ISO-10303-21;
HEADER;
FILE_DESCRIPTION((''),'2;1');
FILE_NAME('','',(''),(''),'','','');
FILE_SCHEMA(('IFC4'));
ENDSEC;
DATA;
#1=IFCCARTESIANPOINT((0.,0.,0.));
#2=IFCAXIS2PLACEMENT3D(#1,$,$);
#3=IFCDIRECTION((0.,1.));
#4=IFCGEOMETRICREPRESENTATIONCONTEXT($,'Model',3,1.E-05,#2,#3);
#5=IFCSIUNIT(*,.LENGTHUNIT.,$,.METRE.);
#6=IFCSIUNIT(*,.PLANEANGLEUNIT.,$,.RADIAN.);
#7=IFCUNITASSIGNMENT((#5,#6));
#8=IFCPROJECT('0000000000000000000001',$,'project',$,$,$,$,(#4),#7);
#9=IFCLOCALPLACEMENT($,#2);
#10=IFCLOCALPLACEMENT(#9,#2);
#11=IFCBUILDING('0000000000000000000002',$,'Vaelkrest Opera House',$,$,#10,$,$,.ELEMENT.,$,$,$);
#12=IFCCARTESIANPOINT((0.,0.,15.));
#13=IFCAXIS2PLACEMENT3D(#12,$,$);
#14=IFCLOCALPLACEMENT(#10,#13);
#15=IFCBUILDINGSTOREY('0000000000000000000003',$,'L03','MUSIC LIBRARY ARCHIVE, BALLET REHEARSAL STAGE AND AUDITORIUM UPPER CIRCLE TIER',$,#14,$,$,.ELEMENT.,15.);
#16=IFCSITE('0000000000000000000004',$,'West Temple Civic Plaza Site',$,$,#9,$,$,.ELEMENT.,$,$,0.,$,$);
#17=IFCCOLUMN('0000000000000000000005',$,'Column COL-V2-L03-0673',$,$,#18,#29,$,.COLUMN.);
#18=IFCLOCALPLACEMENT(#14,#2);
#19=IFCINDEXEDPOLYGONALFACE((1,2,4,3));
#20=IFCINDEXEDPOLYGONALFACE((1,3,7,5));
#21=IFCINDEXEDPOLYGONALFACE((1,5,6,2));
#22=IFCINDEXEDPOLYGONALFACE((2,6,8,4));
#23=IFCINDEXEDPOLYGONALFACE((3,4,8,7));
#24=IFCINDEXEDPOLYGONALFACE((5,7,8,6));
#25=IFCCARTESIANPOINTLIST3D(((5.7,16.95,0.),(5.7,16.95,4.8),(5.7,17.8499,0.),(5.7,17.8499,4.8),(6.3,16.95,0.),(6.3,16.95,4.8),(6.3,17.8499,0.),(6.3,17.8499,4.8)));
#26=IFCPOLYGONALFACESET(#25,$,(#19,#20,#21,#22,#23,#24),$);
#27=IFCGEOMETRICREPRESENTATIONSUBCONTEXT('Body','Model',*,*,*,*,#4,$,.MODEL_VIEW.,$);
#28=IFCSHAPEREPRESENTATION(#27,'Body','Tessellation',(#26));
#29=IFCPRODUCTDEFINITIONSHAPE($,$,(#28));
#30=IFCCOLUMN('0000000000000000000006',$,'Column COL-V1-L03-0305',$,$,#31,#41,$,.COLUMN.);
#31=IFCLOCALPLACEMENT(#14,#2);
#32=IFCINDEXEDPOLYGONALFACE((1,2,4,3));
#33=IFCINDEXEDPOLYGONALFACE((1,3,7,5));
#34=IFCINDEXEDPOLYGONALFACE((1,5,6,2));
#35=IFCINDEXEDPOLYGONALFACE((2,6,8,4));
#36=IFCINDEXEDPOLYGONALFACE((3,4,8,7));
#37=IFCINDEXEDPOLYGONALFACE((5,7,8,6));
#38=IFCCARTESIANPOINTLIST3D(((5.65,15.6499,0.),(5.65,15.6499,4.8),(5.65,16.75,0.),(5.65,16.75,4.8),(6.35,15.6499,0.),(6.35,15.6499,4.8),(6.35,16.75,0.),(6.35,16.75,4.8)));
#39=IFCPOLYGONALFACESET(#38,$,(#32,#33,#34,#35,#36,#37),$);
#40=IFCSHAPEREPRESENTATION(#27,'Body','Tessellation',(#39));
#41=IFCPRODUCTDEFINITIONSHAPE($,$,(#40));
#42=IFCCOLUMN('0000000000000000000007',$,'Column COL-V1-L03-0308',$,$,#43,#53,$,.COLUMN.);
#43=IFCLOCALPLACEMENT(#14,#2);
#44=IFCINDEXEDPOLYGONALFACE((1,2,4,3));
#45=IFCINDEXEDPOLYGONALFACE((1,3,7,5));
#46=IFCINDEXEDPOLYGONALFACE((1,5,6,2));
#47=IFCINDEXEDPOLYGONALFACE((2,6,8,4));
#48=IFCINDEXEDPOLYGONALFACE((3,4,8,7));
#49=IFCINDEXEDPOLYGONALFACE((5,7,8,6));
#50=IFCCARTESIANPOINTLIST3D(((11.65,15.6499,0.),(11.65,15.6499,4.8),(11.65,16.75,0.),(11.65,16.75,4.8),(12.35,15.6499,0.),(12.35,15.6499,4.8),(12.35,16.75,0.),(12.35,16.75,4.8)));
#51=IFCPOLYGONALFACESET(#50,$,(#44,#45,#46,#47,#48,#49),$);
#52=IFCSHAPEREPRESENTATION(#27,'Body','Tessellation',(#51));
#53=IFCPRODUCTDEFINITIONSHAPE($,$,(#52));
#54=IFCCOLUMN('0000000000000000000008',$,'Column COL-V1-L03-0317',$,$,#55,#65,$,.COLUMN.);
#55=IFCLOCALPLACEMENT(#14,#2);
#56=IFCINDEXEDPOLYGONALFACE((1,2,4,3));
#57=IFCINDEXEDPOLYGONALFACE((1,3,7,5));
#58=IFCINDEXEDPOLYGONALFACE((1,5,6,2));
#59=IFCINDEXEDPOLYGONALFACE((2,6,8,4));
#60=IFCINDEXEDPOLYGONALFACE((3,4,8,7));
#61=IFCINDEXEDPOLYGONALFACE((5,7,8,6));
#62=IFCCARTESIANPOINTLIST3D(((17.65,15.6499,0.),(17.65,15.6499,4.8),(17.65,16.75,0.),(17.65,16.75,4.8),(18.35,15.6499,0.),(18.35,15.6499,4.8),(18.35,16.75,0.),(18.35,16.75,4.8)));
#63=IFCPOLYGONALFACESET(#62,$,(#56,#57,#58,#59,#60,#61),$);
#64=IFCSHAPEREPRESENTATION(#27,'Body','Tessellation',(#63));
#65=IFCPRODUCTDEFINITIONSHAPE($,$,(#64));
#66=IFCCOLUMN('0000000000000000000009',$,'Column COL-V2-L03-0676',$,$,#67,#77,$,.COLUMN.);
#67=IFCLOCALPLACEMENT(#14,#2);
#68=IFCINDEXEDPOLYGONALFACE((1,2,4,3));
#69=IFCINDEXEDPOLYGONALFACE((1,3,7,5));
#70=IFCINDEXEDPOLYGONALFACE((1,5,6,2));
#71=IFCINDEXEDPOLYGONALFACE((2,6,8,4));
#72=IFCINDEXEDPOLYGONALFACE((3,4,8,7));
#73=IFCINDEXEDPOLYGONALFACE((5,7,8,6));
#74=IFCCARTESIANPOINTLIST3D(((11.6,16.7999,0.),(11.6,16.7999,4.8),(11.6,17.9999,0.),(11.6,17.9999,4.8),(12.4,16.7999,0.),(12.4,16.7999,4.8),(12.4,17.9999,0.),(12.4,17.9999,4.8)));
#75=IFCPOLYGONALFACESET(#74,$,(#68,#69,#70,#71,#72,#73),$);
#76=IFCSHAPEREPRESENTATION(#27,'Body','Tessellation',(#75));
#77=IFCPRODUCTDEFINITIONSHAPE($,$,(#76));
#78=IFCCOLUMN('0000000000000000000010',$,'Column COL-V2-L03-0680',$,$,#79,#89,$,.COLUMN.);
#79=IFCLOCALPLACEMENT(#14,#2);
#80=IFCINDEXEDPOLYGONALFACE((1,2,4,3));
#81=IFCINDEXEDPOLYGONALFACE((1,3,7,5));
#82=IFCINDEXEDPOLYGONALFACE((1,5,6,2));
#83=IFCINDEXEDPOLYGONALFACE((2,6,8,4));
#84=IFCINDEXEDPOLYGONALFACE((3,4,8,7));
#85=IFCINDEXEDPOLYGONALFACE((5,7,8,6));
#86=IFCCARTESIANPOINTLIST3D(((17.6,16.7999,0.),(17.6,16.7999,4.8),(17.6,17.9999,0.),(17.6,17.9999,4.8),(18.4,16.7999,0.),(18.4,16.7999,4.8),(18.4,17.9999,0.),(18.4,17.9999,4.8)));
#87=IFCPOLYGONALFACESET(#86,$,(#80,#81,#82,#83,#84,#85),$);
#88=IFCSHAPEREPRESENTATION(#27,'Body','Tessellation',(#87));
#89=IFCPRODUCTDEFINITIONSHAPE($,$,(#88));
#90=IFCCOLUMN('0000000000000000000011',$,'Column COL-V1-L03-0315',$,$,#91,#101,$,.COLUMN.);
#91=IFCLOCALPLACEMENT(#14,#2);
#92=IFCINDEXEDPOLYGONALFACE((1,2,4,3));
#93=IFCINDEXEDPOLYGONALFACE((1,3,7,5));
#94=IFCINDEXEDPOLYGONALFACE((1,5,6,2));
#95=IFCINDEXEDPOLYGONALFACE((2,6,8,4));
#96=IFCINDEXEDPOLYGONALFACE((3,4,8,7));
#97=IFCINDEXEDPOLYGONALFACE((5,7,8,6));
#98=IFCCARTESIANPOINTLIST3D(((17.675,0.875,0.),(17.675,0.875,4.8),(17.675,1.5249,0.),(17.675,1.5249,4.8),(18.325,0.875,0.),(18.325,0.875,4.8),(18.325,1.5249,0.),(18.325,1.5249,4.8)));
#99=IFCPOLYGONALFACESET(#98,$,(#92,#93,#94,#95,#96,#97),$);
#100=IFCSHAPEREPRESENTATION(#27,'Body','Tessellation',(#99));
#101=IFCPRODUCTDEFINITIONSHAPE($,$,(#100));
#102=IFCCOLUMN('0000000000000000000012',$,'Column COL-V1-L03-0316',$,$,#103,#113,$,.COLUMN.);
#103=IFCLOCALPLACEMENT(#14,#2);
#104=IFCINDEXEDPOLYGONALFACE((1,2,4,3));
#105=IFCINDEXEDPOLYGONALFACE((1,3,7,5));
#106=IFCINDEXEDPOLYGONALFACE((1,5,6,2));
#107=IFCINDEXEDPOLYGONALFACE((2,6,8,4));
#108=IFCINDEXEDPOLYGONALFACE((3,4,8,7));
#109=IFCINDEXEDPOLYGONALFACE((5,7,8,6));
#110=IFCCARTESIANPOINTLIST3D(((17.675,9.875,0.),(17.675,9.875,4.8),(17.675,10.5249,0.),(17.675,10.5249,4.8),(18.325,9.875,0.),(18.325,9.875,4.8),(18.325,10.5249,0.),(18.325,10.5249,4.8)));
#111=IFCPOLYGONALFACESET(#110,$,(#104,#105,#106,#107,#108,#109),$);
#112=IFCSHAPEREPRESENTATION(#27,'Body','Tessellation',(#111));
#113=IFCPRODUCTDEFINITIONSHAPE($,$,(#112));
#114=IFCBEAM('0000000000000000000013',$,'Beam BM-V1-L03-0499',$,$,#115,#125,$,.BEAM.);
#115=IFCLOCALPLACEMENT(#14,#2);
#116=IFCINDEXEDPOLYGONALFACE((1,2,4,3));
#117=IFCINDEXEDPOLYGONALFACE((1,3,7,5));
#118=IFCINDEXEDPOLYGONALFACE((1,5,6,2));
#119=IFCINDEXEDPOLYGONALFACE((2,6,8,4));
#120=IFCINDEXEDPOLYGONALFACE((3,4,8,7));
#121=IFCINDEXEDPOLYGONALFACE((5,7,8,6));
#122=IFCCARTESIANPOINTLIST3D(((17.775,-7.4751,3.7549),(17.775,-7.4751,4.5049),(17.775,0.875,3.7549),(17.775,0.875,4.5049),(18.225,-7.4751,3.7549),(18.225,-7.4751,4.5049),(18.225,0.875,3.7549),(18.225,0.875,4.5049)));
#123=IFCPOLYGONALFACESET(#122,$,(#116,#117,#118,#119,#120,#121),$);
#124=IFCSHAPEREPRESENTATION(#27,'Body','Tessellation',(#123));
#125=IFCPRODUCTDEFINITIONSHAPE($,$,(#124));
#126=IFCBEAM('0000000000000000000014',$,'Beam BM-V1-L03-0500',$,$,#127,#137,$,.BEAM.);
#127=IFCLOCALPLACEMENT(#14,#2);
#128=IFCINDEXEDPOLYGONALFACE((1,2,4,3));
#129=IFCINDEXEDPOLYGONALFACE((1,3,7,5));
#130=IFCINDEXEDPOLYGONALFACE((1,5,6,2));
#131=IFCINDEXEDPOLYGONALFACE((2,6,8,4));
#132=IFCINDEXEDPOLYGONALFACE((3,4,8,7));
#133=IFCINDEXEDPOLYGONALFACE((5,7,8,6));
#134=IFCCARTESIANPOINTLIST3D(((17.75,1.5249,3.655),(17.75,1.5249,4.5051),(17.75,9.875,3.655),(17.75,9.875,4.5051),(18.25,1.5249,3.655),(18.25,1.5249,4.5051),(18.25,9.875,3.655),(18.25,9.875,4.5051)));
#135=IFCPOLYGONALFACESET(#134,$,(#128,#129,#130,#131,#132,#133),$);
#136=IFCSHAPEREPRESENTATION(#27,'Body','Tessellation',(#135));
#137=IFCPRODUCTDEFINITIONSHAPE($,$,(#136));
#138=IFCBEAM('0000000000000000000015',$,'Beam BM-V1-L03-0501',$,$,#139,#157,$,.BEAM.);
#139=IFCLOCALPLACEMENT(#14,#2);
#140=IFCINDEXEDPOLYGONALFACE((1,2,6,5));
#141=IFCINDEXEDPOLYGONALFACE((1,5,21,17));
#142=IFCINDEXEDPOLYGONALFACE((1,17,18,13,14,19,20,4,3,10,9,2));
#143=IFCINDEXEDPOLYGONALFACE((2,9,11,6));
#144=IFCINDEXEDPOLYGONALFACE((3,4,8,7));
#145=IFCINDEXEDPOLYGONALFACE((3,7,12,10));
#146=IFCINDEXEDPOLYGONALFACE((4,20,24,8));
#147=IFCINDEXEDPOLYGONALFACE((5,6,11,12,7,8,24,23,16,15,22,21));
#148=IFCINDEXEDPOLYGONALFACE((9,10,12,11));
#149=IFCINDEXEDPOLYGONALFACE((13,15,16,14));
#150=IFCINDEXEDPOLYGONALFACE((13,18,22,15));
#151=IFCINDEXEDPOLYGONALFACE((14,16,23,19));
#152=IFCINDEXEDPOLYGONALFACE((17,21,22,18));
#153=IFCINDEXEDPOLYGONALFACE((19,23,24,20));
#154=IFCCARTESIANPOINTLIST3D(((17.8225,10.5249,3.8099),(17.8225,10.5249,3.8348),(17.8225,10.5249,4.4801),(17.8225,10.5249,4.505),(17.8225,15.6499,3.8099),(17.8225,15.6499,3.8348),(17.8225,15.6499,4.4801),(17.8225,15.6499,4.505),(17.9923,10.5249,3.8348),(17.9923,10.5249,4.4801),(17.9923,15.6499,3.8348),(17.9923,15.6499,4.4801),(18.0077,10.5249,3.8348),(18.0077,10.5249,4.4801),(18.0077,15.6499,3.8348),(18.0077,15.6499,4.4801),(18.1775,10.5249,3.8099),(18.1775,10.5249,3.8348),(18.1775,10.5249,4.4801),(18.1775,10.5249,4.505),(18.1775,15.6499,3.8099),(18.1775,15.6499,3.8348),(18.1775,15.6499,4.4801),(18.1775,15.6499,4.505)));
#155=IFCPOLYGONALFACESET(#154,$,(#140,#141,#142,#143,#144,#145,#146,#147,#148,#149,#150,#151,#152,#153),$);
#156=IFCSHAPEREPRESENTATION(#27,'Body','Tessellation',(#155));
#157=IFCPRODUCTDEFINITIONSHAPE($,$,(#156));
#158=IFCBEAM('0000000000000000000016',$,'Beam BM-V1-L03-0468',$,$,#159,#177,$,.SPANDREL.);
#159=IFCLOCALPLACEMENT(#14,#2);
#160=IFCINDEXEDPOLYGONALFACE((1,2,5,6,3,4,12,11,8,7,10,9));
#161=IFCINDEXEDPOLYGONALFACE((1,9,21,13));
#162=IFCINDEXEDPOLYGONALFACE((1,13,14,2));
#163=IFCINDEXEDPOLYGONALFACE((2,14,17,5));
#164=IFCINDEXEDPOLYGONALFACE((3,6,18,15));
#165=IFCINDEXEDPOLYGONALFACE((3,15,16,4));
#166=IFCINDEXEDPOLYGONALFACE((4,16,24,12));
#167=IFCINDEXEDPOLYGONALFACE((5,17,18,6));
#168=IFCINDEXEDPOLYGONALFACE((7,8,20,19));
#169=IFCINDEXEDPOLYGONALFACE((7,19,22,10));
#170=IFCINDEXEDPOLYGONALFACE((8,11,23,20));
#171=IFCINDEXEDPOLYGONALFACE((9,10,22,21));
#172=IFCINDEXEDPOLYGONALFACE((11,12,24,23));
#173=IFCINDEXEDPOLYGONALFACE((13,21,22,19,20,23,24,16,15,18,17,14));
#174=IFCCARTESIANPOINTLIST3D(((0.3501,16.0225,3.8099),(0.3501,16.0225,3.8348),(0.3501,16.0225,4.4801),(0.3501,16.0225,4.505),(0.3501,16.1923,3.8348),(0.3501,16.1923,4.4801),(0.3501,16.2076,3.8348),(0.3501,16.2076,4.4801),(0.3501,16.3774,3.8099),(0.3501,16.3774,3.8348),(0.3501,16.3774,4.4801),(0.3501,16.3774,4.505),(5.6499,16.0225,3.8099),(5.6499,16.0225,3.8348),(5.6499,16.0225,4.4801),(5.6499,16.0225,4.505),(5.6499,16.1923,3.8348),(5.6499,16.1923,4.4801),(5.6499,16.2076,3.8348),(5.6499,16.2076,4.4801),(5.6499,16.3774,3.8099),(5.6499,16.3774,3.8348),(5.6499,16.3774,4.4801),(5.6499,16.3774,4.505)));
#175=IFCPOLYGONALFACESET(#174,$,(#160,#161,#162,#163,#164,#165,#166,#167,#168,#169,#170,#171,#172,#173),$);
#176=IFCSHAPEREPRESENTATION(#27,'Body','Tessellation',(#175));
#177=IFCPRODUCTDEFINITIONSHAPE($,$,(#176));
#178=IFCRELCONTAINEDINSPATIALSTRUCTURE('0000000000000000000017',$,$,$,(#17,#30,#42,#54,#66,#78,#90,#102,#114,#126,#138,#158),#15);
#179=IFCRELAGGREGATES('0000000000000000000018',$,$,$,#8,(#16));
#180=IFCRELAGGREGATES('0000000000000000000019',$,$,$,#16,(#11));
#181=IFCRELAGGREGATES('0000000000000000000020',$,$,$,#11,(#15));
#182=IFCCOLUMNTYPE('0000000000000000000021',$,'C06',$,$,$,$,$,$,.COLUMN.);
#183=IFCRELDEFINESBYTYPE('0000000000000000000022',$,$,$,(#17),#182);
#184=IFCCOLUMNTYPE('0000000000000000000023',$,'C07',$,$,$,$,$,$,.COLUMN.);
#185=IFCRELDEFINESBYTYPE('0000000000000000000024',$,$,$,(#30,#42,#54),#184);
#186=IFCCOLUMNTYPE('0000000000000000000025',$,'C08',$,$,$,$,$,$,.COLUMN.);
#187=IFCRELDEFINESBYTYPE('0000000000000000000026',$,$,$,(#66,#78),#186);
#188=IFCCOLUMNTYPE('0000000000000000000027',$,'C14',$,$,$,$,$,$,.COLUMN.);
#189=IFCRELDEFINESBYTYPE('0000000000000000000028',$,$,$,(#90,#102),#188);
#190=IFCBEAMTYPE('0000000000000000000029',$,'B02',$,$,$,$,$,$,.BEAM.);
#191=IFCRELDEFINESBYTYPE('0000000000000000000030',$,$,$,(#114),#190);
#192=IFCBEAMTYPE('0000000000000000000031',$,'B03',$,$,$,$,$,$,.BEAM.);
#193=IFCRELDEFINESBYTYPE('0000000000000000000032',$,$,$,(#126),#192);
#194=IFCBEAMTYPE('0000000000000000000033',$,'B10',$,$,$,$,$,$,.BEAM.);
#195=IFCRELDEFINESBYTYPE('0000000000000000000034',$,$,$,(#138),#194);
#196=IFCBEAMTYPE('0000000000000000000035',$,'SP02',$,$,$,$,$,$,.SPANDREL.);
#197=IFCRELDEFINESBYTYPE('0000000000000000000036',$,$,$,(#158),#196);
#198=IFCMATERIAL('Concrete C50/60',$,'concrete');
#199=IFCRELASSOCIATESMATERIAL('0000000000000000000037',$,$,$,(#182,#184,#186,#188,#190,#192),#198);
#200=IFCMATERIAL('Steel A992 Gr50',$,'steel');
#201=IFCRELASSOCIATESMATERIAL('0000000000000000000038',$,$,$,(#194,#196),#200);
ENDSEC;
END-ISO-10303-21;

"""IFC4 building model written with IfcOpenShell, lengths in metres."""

from ifc_helpers import new_model, si_unit, direction, frame, origin, origin_2d, place, context, subcontext, project, spatial, rectangle, i_section, extrude, material, material_profile, profile_set, type_object, element, save


model = new_model("IFC4")

# Units and contexts
model_context = context("Model", 3, precision=1e-05, world=origin(), true_north=direction((0.0, 1.0)))
body_context = subcontext(model_context, "Body", "Model", "MODEL_VIEW")
ifc_project = project(units=[si_unit("LENGTHUNIT", "METRE"), si_unit("PLANEANGLEUNIT", "RADIAN")], contexts=[model_context])

# Site, building, storey
site_placement = place(None, origin())
site = spatial("IfcSite", under=ifc_project, at=site_placement, Name="West Temple Civic Plaza Site", CompositionType="ELEMENT", RefElevation=0.0)
building_placement = place(site_placement, origin())
building = spatial("IfcBuilding", under=site, at=building_placement, Name="Vaelkrest Opera House", CompositionType="ELEMENT")
storey_placement = place(building_placement, frame((0.0, 0.0, 15.0)))
storey = spatial("IfcBuildingStorey", under=building, at=storey_placement, Name="L03", Description="MUSIC LIBRARY ARCHIVE, BALLET REHEARSAL STAGE AND AUDITORIUM UPPER CIRCLE TIER", CompositionType="ELEMENT", Elevation=15.0)

# Columns
ifc_material_1 = material(Name="Concrete C50/60", Category="concrete")
ifc_material_profile_1 = material_profile(ifc_material_1, rectangle(XDim=0.6001, YDim=0.8999, at=origin_2d()), Name="RC600X900")
ifc_profile_set_1 = profile_set([ifc_material_profile_1], Name="Concrete C50/60")
column_type_1 = type_object("IfcColumnType", Name="C06", PredefinedType="COLUMN", material=ifc_profile_set_1)
column_placement = place(storey_placement, frame((6.0, 17.3999, 0.0), z_axis=(0.0, 0.0, 1.0), x_axis=(1.0, 0.0, 0.0)))
element("IfcColumn", 1, at=column_placement, inside=storey, type_object=column_type_1, Name="Column COL-V2-L03-0673", PredefinedType="COLUMN", context=body_context, shape_type="SweptSolid", body=[
    extrude(rectangle(XDim=0.6001, YDim=0.8999, at=origin_2d()), origin(), (0.0, 0.0, 1.0), 4.8),
])
ifc_material_profile_2 = material_profile(ifc_material_1, rectangle(XDim=0.7, YDim=1.1001, at=origin_2d()), Name="RC700X1100")
ifc_profile_set_2 = profile_set([ifc_material_profile_2], Name="Concrete C50/60")
column_type_2 = type_object("IfcColumnType", Name="C07", PredefinedType="COLUMN", material=ifc_profile_set_2)
for number, where, z_axis, x_axis, name in (
    (2, (6.0, 16.2, 0.0), (0.0, 0.0, 1.0), (1.0, 0.0, 0.0), "Column COL-V1-L03-0305"),
    (3, (12.0, 16.2, 0.0), (0.0, 0.0, 1.0), (1.0, 0.0, 0.0), "Column COL-V1-L03-0308"),
    (4, (18.0, 16.2, 0.0), (0.0, 0.0, 1.0), (1.0, 0.0, 0.0), "Column COL-V1-L03-0317"),
):
    element("IfcColumn", number, at=place(storey_placement, frame(where, z_axis=z_axis, x_axis=x_axis)), inside=storey, type_object=column_type_2, Name=name, PredefinedType="COLUMN", context=body_context, shape_type="SweptSolid", body=[
        extrude(rectangle(XDim=0.7, YDim=1.1001, at=origin_2d()), origin(), (0.0, 0.0, 1.0), 4.8),
    ])
ifc_material_profile_3 = material_profile(ifc_material_1, rectangle(XDim=0.8, YDim=1.2, at=origin_2d()), Name="RC800X1200")
ifc_profile_set_3 = profile_set([ifc_material_profile_3], Name="Concrete C50/60")
column_type_3 = type_object("IfcColumnType", Name="C08", PredefinedType="COLUMN", material=ifc_profile_set_3)
for number, where, z_axis, x_axis, name in (
    (5, (12.0, 17.3999, 0.0), (0.0, 0.0, 1.0), (1.0, 0.0, 0.0), "Column COL-V2-L03-0676"),
    (6, (18.0, 17.3999, 0.0), (0.0, 0.0, 1.0), (1.0, 0.0, 0.0), "Column COL-V2-L03-0680"),
):
    element("IfcColumn", number, at=place(storey_placement, frame(where, z_axis=z_axis, x_axis=x_axis)), inside=storey, type_object=column_type_3, Name=name, PredefinedType="COLUMN", context=body_context, shape_type="SweptSolid", body=[
        extrude(rectangle(XDim=0.8, YDim=1.2, at=origin_2d()), origin(), (0.0, 0.0, 1.0), 4.8),
    ])
ifc_material_profile_4 = material_profile(ifc_material_1, rectangle(XDim=0.6499, YDim=0.6499, at=origin_2d()), Name="RC650X650")
ifc_profile_set_4 = profile_set([ifc_material_profile_4], Name="Concrete C50/60")
column_type_4 = type_object("IfcColumnType", Name="C14", PredefinedType="COLUMN", material=ifc_profile_set_4)
for number, where, z_axis, x_axis, name in (
    (7, (18.0, 1.2, 0.0), (0.0, 0.0, 1.0), (1.0, 0.0, 0.0), "Column COL-V1-L03-0315"),
    (8, (18.0, 10.2, 0.0), (0.0, 0.0, 1.0), (1.0, 0.0, 0.0), "Column COL-V1-L03-0316"),
):
    element("IfcColumn", number, at=place(storey_placement, frame(where, z_axis=z_axis, x_axis=x_axis)), inside=storey, type_object=column_type_4, Name=name, PredefinedType="COLUMN", context=body_context, shape_type="SweptSolid", body=[
        extrude(rectangle(XDim=0.6499, YDim=0.6499, at=origin_2d()), origin(), (0.0, 0.0, 1.0), 4.8),
    ])

# Beams
ifc_material_profile_5 = material_profile(ifc_material_1, rectangle(XDim=0.45, YDim=0.75, at=origin_2d()), Name="RCB450X750")
ifc_profile_set_5 = profile_set([ifc_material_profile_5], Name="Concrete C50/60")
beam_type_1 = type_object("IfcBeamType", Name="B02", PredefinedType="BEAM", material=ifc_profile_set_5)
beam_1_placement = place(storey_placement, frame((18.0, -7.4751, 4.1299), z_axis=(0.0, 1.0, 0.0), x_axis=(-1.0, 0.0, 0.0)))
element("IfcBeam", 9, at=beam_1_placement, inside=storey, type_object=beam_type_1, Name="Beam BM-V1-L03-0499", PredefinedType="BEAM", context=body_context, shape_type="SweptSolid", body=[
    extrude(rectangle(XDim=0.45, YDim=0.75, at=origin_2d()), origin(), (0.0, 0.0, 1.0), 8.3501),
])
ifc_material_profile_6 = material_profile(ifc_material_1, rectangle(XDim=0.5, YDim=0.8501, at=origin_2d()), Name="RCB500X850")
ifc_profile_set_6 = profile_set([ifc_material_profile_6], Name="Concrete C50/60")
beam_type_2 = type_object("IfcBeamType", Name="B03", PredefinedType="BEAM", material=ifc_profile_set_6)
beam_2_placement = place(storey_placement, frame((18.0, 1.5249, 4.0801), z_axis=(0.0, 1.0, 0.0), x_axis=(-1.0, 0.0, 0.0)))
element("IfcBeam", 10, at=beam_2_placement, inside=storey, type_object=beam_type_2, Name="Beam BM-V1-L03-0500", PredefinedType="BEAM", context=body_context, shape_type="SweptSolid", body=[
    extrude(rectangle(XDim=0.5, YDim=0.8501, at=origin_2d()), origin(), (0.0, 0.0, 1.0), 8.3501),
])
ifc_material_2 = material(Name="Steel A992 Gr50", Category="steel")
ifc_material_profile_7 = material_profile(ifc_material_2, i_section(OverallWidth=0.355, OverallDepth=0.6951, WebThickness=0.0154, FlangeThickness=0.0249, at=origin_2d()), Name="W27X146")
ifc_profile_set_7 = profile_set([ifc_material_profile_7], Name="Steel A992 Gr50")
beam_type_3 = type_object("IfcBeamType", Name="B10", PredefinedType="BEAM", material=ifc_profile_set_7)
beam_3_placement = place(storey_placement, frame((18.0, 10.5249, 4.1575), z_axis=(0.0, 1.0, 0.0), x_axis=(-1.0, 0.0, 0.0)))
element("IfcBeam", 11, at=beam_3_placement, inside=storey, type_object=beam_type_3, Name="Beam BM-V1-L03-0501", PredefinedType="BEAM", context=body_context, shape_type="SweptSolid", body=[
    extrude(i_section(OverallWidth=0.355, OverallDepth=0.6951, WebThickness=0.0154, FlangeThickness=0.0249, at=origin_2d()), origin(), (0.0, 0.0, 1.0), 5.125),
])
ifc_material_profile_8 = material_profile(ifc_material_2, i_section(OverallWidth=0.355, OverallDepth=0.6951, WebThickness=0.0154, FlangeThickness=0.0249, at=origin_2d()), Name="W27X146")
ifc_profile_set_8 = profile_set([ifc_material_profile_8], Name="Steel A992 Gr50")
beam_type_4 = type_object("IfcBeamType", Name="SP02", PredefinedType="SPANDREL", material=ifc_profile_set_8)
for number, where, z_axis, x_axis, name in (
    (12, (0.3501, 16.2, 4.1575), (1.0, 0.0, 0.0), (0.0, 1.0, 0.0), "Beam BM-V1-L03-0468"),
):
    element("IfcBeam", number, at=place(storey_placement, frame(where, z_axis=z_axis, x_axis=x_axis)), inside=storey, type_object=beam_type_4, Name=name, PredefinedType="SPANDREL", context=body_context, shape_type="SweptSolid", body=[
        extrude(i_section(OverallWidth=0.355, OverallDepth=0.6951, WebThickness=0.0154, FlangeThickness=0.0249, at=origin_2d()), origin(), (0.0, 0.0, 1.0), 5.2998),
    ])

save(model, "model.ifc")
